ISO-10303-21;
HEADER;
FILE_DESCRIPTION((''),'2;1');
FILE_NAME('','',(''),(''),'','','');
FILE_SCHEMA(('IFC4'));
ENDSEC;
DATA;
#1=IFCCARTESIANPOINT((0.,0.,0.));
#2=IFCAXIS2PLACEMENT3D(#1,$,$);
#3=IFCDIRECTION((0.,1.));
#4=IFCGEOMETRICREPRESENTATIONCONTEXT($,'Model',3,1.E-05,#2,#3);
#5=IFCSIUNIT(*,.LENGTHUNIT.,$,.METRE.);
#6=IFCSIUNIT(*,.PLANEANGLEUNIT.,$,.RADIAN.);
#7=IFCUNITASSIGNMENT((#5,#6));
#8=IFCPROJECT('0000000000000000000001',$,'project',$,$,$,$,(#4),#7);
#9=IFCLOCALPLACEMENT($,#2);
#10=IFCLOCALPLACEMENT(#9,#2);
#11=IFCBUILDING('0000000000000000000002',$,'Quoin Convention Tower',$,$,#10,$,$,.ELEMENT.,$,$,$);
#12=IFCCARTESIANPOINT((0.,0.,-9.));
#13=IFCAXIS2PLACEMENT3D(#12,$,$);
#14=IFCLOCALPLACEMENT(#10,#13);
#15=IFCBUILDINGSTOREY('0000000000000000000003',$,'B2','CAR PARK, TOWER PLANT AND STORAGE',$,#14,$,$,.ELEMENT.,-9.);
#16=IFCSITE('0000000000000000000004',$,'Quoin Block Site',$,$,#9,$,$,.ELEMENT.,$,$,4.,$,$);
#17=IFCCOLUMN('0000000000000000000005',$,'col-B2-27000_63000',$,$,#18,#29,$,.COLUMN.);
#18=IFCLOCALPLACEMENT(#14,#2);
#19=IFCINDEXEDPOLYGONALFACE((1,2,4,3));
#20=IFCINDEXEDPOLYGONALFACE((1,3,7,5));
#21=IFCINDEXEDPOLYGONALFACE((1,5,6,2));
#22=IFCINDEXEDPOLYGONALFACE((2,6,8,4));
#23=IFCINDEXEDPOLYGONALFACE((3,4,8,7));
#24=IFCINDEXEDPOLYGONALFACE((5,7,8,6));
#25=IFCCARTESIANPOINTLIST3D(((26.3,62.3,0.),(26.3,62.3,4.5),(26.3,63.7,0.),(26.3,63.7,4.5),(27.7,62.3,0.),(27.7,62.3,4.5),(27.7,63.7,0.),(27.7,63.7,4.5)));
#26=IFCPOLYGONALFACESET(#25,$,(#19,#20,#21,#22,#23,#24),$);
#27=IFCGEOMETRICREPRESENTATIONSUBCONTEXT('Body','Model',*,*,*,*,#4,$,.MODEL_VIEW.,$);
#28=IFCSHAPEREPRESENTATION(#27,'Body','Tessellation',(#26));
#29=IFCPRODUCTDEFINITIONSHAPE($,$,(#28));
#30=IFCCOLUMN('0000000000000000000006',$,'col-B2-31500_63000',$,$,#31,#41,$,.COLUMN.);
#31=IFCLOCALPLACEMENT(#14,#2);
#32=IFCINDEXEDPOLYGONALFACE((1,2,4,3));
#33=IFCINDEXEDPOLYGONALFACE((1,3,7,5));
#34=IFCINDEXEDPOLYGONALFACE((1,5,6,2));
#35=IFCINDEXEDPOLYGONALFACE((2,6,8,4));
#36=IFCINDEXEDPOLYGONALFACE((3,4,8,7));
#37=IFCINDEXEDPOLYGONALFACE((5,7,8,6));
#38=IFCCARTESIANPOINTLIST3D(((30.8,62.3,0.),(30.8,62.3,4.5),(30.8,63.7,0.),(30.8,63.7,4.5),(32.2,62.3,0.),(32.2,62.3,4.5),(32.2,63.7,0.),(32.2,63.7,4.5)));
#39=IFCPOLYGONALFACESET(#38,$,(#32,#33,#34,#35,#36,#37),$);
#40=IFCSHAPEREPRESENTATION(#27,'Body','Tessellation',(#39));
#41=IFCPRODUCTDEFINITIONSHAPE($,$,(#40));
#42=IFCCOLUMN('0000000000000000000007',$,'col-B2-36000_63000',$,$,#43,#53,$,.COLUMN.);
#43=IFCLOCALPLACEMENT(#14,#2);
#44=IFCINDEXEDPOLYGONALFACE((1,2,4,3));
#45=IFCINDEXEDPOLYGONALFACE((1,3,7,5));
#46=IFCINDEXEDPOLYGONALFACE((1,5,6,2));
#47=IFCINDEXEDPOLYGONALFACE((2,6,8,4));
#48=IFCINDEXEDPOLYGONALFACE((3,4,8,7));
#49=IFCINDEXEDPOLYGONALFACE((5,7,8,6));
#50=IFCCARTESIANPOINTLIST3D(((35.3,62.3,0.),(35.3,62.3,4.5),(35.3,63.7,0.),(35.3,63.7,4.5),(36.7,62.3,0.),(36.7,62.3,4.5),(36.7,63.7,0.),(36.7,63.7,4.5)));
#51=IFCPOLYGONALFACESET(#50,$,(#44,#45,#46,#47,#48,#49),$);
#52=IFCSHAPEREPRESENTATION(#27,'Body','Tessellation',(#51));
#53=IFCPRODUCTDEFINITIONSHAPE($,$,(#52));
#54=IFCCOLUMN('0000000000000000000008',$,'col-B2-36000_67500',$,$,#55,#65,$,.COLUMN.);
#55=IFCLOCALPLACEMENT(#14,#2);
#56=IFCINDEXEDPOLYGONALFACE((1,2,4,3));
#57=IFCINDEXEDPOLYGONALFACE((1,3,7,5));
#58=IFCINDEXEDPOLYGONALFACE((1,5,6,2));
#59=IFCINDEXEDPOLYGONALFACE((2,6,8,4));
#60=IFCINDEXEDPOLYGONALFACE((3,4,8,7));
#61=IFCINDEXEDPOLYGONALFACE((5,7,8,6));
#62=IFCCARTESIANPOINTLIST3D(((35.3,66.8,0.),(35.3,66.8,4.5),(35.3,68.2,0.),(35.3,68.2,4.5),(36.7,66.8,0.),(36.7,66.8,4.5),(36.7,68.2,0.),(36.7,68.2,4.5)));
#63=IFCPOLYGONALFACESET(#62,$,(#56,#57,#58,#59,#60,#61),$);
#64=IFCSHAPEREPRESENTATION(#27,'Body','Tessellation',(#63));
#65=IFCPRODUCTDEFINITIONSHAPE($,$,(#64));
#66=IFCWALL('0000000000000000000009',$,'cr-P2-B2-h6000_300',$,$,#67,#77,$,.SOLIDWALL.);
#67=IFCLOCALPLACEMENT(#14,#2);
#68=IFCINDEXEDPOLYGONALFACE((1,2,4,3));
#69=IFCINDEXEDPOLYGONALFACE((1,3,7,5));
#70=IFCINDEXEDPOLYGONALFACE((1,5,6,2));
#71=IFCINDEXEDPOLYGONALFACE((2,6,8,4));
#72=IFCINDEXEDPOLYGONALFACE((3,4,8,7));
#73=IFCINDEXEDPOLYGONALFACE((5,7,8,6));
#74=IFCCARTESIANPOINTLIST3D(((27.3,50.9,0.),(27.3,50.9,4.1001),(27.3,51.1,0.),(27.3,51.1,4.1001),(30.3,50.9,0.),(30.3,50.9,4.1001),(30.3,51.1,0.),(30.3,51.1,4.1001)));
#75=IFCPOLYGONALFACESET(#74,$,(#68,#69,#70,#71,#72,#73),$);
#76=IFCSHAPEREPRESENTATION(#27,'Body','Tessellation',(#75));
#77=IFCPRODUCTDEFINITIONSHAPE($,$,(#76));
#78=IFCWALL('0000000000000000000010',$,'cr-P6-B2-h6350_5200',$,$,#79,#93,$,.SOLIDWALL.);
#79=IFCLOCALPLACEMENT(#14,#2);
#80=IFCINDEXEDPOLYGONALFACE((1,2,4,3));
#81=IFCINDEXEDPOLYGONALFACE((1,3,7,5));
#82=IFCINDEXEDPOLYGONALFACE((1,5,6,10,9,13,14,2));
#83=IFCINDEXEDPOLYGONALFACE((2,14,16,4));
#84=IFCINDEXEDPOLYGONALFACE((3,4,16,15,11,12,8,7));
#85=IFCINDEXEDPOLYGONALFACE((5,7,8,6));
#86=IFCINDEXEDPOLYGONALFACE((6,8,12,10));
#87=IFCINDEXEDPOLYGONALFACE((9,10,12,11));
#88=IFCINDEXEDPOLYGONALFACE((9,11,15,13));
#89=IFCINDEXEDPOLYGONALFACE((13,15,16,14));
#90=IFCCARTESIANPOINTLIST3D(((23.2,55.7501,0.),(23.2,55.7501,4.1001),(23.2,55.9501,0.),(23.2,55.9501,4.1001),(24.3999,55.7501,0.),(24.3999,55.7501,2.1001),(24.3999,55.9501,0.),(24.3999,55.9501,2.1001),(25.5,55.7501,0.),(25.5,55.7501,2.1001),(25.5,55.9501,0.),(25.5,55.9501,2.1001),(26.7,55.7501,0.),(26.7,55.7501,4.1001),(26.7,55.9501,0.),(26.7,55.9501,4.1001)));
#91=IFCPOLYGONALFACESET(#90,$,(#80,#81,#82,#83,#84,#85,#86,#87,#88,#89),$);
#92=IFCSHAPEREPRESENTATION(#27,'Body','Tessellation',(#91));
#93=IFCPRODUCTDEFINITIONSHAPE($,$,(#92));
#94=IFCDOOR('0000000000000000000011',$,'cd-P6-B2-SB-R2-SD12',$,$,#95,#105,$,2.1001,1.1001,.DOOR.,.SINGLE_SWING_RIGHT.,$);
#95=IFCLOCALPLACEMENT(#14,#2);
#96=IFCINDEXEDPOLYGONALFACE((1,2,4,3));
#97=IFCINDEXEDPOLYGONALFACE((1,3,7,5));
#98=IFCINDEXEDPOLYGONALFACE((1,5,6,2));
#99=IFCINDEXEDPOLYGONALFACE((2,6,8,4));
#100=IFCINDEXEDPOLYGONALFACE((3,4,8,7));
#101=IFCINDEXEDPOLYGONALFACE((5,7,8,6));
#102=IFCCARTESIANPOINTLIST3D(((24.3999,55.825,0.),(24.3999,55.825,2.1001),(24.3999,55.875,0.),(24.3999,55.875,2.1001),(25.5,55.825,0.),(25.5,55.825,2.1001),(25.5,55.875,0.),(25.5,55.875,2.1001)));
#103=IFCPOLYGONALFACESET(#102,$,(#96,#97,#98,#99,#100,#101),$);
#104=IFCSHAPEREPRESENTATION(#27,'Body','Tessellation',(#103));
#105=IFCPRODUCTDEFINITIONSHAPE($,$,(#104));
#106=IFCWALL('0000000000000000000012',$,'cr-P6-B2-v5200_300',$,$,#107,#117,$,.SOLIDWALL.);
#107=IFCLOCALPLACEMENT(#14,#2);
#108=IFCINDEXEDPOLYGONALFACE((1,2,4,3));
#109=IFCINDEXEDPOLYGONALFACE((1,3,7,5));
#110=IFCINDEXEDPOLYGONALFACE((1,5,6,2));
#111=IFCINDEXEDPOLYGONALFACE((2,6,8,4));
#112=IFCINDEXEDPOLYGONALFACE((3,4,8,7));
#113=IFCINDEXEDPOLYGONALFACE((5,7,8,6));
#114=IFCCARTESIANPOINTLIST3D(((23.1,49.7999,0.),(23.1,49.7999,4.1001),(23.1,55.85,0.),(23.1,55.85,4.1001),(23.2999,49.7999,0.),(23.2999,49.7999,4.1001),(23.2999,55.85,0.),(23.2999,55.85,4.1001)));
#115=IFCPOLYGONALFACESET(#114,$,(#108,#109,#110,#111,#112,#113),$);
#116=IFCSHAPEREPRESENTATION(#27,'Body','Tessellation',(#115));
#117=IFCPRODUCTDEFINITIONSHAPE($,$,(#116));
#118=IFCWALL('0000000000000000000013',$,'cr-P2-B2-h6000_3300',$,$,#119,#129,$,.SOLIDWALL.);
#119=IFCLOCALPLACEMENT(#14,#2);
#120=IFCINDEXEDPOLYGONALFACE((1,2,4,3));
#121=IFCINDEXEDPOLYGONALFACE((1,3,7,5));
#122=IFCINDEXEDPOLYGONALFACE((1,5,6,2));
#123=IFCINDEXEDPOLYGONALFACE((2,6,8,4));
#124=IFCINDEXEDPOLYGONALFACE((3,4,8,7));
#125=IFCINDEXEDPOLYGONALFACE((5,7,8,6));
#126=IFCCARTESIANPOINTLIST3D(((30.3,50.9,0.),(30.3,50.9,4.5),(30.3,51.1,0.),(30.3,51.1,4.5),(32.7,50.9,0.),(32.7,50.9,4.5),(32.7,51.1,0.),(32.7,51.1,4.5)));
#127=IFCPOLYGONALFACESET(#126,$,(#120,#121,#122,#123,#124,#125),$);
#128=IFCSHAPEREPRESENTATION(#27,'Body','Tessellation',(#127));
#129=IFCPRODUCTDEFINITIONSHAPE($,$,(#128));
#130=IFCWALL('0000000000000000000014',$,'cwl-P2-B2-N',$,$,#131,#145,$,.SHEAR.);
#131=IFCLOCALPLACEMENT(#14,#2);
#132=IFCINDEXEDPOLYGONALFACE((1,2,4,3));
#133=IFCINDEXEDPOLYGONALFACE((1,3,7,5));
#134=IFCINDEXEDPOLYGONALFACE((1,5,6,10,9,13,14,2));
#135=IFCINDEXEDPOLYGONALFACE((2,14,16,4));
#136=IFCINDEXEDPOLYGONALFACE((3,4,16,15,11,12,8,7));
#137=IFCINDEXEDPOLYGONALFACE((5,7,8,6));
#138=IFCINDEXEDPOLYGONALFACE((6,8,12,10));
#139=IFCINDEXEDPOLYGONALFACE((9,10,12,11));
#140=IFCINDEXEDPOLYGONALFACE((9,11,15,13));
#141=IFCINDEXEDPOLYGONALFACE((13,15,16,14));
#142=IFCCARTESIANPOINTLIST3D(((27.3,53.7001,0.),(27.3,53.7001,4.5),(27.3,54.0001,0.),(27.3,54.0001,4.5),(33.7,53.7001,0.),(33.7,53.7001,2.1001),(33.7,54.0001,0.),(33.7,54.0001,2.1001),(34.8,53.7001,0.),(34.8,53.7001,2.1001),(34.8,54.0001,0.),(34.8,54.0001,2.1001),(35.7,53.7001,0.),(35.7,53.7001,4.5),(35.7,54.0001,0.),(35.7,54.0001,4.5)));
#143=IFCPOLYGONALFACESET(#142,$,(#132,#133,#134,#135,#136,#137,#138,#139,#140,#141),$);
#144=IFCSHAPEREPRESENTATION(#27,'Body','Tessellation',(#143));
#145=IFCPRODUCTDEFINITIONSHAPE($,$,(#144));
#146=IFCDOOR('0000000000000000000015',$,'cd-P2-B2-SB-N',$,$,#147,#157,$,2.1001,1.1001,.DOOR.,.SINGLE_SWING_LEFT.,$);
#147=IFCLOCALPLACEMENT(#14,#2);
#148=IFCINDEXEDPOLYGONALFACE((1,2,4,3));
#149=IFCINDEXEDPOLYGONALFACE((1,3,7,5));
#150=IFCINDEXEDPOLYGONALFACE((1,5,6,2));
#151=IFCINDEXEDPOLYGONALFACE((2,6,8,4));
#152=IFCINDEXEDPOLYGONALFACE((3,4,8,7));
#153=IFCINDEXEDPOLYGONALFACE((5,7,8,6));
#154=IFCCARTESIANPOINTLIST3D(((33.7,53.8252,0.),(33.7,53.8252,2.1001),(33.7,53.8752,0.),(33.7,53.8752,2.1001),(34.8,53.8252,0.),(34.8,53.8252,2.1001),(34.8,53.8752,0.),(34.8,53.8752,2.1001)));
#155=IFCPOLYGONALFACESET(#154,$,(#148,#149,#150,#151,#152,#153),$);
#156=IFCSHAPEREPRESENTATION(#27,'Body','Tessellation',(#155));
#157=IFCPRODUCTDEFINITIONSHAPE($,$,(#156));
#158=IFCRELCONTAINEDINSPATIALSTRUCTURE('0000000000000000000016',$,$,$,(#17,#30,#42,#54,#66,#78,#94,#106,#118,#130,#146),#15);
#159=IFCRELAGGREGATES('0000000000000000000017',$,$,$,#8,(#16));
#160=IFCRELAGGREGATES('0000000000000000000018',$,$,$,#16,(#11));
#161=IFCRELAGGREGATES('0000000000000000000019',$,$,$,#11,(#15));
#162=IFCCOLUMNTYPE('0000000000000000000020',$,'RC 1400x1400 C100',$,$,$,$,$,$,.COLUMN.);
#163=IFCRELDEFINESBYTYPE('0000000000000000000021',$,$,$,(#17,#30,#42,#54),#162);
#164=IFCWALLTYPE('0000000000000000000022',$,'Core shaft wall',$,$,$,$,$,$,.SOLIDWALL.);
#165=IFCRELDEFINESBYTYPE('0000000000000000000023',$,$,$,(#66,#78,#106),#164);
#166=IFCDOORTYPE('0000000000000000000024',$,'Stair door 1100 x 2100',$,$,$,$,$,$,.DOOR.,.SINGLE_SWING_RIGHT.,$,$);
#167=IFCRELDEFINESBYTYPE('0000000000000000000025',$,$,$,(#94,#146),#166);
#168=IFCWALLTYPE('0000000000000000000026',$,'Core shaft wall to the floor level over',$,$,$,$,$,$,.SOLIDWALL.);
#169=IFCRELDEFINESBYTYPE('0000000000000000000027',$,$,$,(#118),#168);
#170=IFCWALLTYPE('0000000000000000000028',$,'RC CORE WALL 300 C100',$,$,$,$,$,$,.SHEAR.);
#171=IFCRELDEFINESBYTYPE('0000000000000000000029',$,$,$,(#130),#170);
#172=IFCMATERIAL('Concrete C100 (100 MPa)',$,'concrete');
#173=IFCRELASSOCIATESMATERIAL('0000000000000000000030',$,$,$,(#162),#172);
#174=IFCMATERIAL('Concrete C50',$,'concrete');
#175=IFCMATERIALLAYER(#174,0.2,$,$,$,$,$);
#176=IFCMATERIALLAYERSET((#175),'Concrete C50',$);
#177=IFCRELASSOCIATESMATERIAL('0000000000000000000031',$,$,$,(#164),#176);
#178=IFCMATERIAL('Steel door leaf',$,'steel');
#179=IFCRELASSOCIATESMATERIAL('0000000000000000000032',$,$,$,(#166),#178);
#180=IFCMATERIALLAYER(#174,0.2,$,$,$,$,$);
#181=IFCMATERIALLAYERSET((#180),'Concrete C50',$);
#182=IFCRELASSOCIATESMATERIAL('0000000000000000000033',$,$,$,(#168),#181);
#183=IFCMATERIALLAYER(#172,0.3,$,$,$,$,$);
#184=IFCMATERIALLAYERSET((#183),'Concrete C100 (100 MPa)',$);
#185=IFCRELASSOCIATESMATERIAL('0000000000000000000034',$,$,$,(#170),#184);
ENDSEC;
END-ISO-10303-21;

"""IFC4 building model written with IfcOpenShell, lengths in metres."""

from ifc_helpers import new_model, si_unit, direction, frame, frame_2d, origin, origin_2d, place, context, subcontext, project, spatial, rectangle, extrude, material, layer, layer_set, material_profile, profile_set, type_object, element, fill, save


model = new_model("IFC4")

# Units and contexts
model_context = context("Model", 3, precision=1e-05, world=origin(), true_north=direction((0.0, 1.0)))
body_context = subcontext(model_context, "Body", "Model", "MODEL_VIEW")
ifc_project = project(units=[si_unit("LENGTHUNIT", "METRE"), si_unit("PLANEANGLEUNIT", "RADIAN")], contexts=[model_context])

# Site, building, storey
site_placement = place(None, origin())
site = spatial("IfcSite", under=ifc_project, at=site_placement, Name="Quoin Block Site", CompositionType="ELEMENT", RefElevation=4.0)
building_placement = place(site_placement, origin())
building = spatial("IfcBuilding", under=site, at=building_placement, Name="Quoin Convention Tower", CompositionType="ELEMENT")
storey_placement = place(building_placement, frame((0.0, 0.0, -9.0)))
storey = spatial("IfcBuildingStorey", under=building, at=storey_placement, Name="B2", Description="CAR PARK, TOWER PLANT AND STORAGE", CompositionType="ELEMENT", Elevation=-9.0)

# Columns
ifc_material_1 = material(Name="Concrete C100 (100 MPa)", Category="concrete")
ifc_material_profile_1 = material_profile(ifc_material_1, rectangle(XDim=1.3999, YDim=1.3999, at=origin_2d()), Name="RC 1400x1400")
ifc_profile_set_1 = profile_set([ifc_material_profile_1], Name="Concrete C100 (100 MPa)")
column_type = type_object("IfcColumnType", Name="RC 1400x1400 C100", PredefinedType="COLUMN", material=ifc_profile_set_1)
for number, where, z_axis, x_axis, name in (
    (1, (27.0, 63.0, 0.0), (0.0, 0.0, 1.0), (1.0, 0.0, 0.0), "col-B2-27000_63000"),
    (2, (31.5, 63.0, 0.0), (0.0, 0.0, 1.0), (1.0, 0.0, 0.0), "col-B2-31500_63000"),
    (3, (36.0, 63.0, 0.0), (0.0, 0.0, 1.0), (1.0, 0.0, 0.0), "col-B2-36000_63000"),
    (4, (36.0, 67.5, 0.0), (0.0, 0.0, 1.0), (1.0, 0.0, 0.0), "col-B2-36000_67500"),
):
    element("IfcColumn", number, at=place(storey_placement, frame(where, z_axis=z_axis, x_axis=x_axis)), inside=storey, type_object=column_type, Name=name, PredefinedType="COLUMN", context=body_context, shape_type="SweptSolid", body=[
        extrude(rectangle(XDim=1.3999, YDim=1.3999, at=origin_2d()), origin(), (0.0, 0.0, 1.0), 4.5),
    ])

# Wall
ifc_material_2 = material(Name="Concrete C50", Category="concrete")
ifc_layer_1 = layer(ifc_material_2, 0.2)
ifc_layer_set_1 = layer_set([ifc_layer_1], Name="Concrete C50")
wall_type_1 = type_object("IfcWallType", Name="Core shaft wall", PredefinedType="SOLIDWALL", material=ifc_layer_set_1)
wall_1_placement = place(storey_placement, frame((27.3, 51.0, 0.0), z_axis=(0.0, 0.0, 1.0), x_axis=(1.0, 0.0, 0.0)))
element("IfcWall", 5, at=wall_1_placement, inside=storey, type_object=wall_type_1, Name="cr-P2-B2-h6000_300", PredefinedType="SOLIDWALL", context=body_context, shape_type="SweptSolid", body=[
    extrude(rectangle(XDim=3.0, YDim=0.2, at=frame_2d((1.5, 0.0))), origin(), (0.0, 0.0, 1.0), 4.1001),
])

# Wall, opening, door
wall_2_placement = place(storey_placement, frame((23.2, 55.8501, 0.0), z_axis=(0.0, 0.0, 1.0), x_axis=(1.0, 0.0, 0.0)))
wall_2 = element("IfcWall", 6, at=wall_2_placement, inside=storey, type_object=wall_type_1, Name="cr-P6-B2-h6350_5200", PredefinedType="SOLIDWALL", context=body_context, shape_type="SweptSolid", body=[
    extrude(rectangle(XDim=3.5, YDim=0.2, at=frame_2d((1.75, 0.0))), origin(), (0.0, 0.0, 1.0), 4.1001),
])
opening_1_placement = place(wall_2_placement, frame((1.2, 0.0, 0.0)))
opening_1 = element("IfcOpeningElement", 7, at=opening_1_placement, cuts=wall_2, PredefinedType="OPENING", context=body_context, shape_type="SweptSolid", body=[
    extrude(rectangle(XDim=1.1001, YDim=2.1001, at=frame_2d((0.55, 1.05))), frame((0.0, 0.1099, 0.0), z_axis=(0.0, -1.0, 0.0), x_axis=(1.0, 0.0, 0.0)), (0.0, 0.0, 1.0), 0.22),
])
ifc_material_3 = material(Name="Steel door leaf", Category="steel")
door_type = type_object("IfcDoorType", Name="Stair door 1100 x 2100", OperationType="SINGLE_SWING_RIGHT", PredefinedType="DOOR", material=ifc_material_3)
door_1_placement = place(opening_1_placement, origin())
door_1 = element("IfcDoor", 8, at=door_1_placement, inside=storey, type_object=door_type, Name="cd-P6-B2-SB-R2-SD12", OperationType="SINGLE_SWING_RIGHT", OverallHeight=2.1001, OverallWidth=1.1001, PredefinedType="DOOR", context=body_context, shape_type="SweptSolid", body=[
    extrude(rectangle(XDim=1.1001, YDim=2.1001, at=frame_2d((0.55, 1.05))), frame((0.0, 0.0249, 0.0), z_axis=(0.0, -1.0, 0.0), x_axis=(1.0, 0.0, 0.0)), (0.0, 0.0, 1.0), 0.05),
])
fill(opening_1, door_1)

# Walls
wall_3_placement = place(storey_placement, frame((23.2, 49.8, 0.0), z_axis=(0.0, 0.0, 1.0), x_axis=(0.0, 1.0, 0.0)))
element("IfcWall", 9, at=wall_3_placement, inside=storey, type_object=wall_type_1, Name="cr-P6-B2-v5200_300", PredefinedType="SOLIDWALL", context=body_context, shape_type="SweptSolid", body=[
    extrude(rectangle(XDim=6.05, YDim=0.2, at=frame_2d((3.0249, 0.0))), origin(), (0.0, 0.0, 1.0), 4.1001),
])
ifc_layer_2 = layer(ifc_material_2, 0.2)
ifc_layer_set_2 = layer_set([ifc_layer_2], Name="Concrete C50")
wall_type_2 = type_object("IfcWallType", Name="Core shaft wall to the floor level over", PredefinedType="SOLIDWALL", material=ifc_layer_set_2)
wall_4_placement = place(storey_placement, frame((30.3, 51.0, 0.0), z_axis=(0.0, 0.0, 1.0), x_axis=(1.0, 0.0, 0.0)))
element("IfcWall", 10, at=wall_4_placement, inside=storey, type_object=wall_type_2, Name="cr-P2-B2-h6000_3300", PredefinedType="SOLIDWALL", context=body_context, shape_type="SweptSolid", body=[
    extrude(rectangle(XDim=2.3999, YDim=0.2, at=frame_2d((1.2, 0.0))), origin(), (0.0, 0.0, 1.0), 4.5),
])

# Wall, opening, door
ifc_layer_3 = layer(ifc_material_1, 0.3)
ifc_layer_set_3 = layer_set([ifc_layer_3], Name="Concrete C100 (100 MPa)")
wall_type_3 = type_object("IfcWallType", Name="RC CORE WALL 300 C100", PredefinedType="SHEAR", material=ifc_layer_set_3)
wall_5_placement = place(storey_placement, frame((27.3, 53.8501, 0.0), z_axis=(0.0, 0.0, 1.0), x_axis=(1.0, 0.0, 0.0)))
wall_5 = element("IfcWall", 11, at=wall_5_placement, inside=storey, type_object=wall_type_3, Name="cwl-P2-B2-N", PredefinedType="SHEAR", context=body_context, shape_type="SweptSolid", body=[
    extrude(rectangle(XDim=8.3999, YDim=0.3, at=frame_2d((4.2, 0.0))), origin(), (0.0, 0.0, 1.0), 4.5),
])
opening_2_placement = place(wall_5_placement, frame((6.3999, 0.0, 0.0)))
opening_2 = element("IfcOpeningElement", 12, at=opening_2_placement, cuts=wall_5, PredefinedType="OPENING", context=body_context, shape_type="SweptSolid", body=[
    extrude(rectangle(XDim=1.1001, YDim=2.1001, at=frame_2d((0.55, 1.05))), frame((0.0, 0.1599, 0.0), z_axis=(0.0, -1.0, 0.0), x_axis=(1.0, 0.0, 0.0)), (0.0, 0.0, 1.0), 0.3201),
])
door_2_placement = place(opening_2_placement, frame((1.1001, 0.0, 0.0), z_axis=(0.0, 0.0, 1.0), x_axis=(-1.0, 0.0, 0.0)))
door_2 = element("IfcDoor", 13, at=door_2_placement, inside=storey, type_object=door_type, Name="cd-P2-B2-SB-N", OperationType="SINGLE_SWING_LEFT", OverallHeight=2.1001, OverallWidth=1.1001, PredefinedType="DOOR", context=body_context, shape_type="SweptSolid", body=[
    extrude(rectangle(XDim=1.1001, YDim=2.1001, at=frame_2d((0.55, 1.05))), frame((0.0, 0.0249, 0.0), z_axis=(0.0, -1.0, 0.0), x_axis=(1.0, 0.0, 0.0)), (0.0, 0.0, 1.0), 0.05),
])
fill(opening_2, door_2)

save(model, "model.ifc")
